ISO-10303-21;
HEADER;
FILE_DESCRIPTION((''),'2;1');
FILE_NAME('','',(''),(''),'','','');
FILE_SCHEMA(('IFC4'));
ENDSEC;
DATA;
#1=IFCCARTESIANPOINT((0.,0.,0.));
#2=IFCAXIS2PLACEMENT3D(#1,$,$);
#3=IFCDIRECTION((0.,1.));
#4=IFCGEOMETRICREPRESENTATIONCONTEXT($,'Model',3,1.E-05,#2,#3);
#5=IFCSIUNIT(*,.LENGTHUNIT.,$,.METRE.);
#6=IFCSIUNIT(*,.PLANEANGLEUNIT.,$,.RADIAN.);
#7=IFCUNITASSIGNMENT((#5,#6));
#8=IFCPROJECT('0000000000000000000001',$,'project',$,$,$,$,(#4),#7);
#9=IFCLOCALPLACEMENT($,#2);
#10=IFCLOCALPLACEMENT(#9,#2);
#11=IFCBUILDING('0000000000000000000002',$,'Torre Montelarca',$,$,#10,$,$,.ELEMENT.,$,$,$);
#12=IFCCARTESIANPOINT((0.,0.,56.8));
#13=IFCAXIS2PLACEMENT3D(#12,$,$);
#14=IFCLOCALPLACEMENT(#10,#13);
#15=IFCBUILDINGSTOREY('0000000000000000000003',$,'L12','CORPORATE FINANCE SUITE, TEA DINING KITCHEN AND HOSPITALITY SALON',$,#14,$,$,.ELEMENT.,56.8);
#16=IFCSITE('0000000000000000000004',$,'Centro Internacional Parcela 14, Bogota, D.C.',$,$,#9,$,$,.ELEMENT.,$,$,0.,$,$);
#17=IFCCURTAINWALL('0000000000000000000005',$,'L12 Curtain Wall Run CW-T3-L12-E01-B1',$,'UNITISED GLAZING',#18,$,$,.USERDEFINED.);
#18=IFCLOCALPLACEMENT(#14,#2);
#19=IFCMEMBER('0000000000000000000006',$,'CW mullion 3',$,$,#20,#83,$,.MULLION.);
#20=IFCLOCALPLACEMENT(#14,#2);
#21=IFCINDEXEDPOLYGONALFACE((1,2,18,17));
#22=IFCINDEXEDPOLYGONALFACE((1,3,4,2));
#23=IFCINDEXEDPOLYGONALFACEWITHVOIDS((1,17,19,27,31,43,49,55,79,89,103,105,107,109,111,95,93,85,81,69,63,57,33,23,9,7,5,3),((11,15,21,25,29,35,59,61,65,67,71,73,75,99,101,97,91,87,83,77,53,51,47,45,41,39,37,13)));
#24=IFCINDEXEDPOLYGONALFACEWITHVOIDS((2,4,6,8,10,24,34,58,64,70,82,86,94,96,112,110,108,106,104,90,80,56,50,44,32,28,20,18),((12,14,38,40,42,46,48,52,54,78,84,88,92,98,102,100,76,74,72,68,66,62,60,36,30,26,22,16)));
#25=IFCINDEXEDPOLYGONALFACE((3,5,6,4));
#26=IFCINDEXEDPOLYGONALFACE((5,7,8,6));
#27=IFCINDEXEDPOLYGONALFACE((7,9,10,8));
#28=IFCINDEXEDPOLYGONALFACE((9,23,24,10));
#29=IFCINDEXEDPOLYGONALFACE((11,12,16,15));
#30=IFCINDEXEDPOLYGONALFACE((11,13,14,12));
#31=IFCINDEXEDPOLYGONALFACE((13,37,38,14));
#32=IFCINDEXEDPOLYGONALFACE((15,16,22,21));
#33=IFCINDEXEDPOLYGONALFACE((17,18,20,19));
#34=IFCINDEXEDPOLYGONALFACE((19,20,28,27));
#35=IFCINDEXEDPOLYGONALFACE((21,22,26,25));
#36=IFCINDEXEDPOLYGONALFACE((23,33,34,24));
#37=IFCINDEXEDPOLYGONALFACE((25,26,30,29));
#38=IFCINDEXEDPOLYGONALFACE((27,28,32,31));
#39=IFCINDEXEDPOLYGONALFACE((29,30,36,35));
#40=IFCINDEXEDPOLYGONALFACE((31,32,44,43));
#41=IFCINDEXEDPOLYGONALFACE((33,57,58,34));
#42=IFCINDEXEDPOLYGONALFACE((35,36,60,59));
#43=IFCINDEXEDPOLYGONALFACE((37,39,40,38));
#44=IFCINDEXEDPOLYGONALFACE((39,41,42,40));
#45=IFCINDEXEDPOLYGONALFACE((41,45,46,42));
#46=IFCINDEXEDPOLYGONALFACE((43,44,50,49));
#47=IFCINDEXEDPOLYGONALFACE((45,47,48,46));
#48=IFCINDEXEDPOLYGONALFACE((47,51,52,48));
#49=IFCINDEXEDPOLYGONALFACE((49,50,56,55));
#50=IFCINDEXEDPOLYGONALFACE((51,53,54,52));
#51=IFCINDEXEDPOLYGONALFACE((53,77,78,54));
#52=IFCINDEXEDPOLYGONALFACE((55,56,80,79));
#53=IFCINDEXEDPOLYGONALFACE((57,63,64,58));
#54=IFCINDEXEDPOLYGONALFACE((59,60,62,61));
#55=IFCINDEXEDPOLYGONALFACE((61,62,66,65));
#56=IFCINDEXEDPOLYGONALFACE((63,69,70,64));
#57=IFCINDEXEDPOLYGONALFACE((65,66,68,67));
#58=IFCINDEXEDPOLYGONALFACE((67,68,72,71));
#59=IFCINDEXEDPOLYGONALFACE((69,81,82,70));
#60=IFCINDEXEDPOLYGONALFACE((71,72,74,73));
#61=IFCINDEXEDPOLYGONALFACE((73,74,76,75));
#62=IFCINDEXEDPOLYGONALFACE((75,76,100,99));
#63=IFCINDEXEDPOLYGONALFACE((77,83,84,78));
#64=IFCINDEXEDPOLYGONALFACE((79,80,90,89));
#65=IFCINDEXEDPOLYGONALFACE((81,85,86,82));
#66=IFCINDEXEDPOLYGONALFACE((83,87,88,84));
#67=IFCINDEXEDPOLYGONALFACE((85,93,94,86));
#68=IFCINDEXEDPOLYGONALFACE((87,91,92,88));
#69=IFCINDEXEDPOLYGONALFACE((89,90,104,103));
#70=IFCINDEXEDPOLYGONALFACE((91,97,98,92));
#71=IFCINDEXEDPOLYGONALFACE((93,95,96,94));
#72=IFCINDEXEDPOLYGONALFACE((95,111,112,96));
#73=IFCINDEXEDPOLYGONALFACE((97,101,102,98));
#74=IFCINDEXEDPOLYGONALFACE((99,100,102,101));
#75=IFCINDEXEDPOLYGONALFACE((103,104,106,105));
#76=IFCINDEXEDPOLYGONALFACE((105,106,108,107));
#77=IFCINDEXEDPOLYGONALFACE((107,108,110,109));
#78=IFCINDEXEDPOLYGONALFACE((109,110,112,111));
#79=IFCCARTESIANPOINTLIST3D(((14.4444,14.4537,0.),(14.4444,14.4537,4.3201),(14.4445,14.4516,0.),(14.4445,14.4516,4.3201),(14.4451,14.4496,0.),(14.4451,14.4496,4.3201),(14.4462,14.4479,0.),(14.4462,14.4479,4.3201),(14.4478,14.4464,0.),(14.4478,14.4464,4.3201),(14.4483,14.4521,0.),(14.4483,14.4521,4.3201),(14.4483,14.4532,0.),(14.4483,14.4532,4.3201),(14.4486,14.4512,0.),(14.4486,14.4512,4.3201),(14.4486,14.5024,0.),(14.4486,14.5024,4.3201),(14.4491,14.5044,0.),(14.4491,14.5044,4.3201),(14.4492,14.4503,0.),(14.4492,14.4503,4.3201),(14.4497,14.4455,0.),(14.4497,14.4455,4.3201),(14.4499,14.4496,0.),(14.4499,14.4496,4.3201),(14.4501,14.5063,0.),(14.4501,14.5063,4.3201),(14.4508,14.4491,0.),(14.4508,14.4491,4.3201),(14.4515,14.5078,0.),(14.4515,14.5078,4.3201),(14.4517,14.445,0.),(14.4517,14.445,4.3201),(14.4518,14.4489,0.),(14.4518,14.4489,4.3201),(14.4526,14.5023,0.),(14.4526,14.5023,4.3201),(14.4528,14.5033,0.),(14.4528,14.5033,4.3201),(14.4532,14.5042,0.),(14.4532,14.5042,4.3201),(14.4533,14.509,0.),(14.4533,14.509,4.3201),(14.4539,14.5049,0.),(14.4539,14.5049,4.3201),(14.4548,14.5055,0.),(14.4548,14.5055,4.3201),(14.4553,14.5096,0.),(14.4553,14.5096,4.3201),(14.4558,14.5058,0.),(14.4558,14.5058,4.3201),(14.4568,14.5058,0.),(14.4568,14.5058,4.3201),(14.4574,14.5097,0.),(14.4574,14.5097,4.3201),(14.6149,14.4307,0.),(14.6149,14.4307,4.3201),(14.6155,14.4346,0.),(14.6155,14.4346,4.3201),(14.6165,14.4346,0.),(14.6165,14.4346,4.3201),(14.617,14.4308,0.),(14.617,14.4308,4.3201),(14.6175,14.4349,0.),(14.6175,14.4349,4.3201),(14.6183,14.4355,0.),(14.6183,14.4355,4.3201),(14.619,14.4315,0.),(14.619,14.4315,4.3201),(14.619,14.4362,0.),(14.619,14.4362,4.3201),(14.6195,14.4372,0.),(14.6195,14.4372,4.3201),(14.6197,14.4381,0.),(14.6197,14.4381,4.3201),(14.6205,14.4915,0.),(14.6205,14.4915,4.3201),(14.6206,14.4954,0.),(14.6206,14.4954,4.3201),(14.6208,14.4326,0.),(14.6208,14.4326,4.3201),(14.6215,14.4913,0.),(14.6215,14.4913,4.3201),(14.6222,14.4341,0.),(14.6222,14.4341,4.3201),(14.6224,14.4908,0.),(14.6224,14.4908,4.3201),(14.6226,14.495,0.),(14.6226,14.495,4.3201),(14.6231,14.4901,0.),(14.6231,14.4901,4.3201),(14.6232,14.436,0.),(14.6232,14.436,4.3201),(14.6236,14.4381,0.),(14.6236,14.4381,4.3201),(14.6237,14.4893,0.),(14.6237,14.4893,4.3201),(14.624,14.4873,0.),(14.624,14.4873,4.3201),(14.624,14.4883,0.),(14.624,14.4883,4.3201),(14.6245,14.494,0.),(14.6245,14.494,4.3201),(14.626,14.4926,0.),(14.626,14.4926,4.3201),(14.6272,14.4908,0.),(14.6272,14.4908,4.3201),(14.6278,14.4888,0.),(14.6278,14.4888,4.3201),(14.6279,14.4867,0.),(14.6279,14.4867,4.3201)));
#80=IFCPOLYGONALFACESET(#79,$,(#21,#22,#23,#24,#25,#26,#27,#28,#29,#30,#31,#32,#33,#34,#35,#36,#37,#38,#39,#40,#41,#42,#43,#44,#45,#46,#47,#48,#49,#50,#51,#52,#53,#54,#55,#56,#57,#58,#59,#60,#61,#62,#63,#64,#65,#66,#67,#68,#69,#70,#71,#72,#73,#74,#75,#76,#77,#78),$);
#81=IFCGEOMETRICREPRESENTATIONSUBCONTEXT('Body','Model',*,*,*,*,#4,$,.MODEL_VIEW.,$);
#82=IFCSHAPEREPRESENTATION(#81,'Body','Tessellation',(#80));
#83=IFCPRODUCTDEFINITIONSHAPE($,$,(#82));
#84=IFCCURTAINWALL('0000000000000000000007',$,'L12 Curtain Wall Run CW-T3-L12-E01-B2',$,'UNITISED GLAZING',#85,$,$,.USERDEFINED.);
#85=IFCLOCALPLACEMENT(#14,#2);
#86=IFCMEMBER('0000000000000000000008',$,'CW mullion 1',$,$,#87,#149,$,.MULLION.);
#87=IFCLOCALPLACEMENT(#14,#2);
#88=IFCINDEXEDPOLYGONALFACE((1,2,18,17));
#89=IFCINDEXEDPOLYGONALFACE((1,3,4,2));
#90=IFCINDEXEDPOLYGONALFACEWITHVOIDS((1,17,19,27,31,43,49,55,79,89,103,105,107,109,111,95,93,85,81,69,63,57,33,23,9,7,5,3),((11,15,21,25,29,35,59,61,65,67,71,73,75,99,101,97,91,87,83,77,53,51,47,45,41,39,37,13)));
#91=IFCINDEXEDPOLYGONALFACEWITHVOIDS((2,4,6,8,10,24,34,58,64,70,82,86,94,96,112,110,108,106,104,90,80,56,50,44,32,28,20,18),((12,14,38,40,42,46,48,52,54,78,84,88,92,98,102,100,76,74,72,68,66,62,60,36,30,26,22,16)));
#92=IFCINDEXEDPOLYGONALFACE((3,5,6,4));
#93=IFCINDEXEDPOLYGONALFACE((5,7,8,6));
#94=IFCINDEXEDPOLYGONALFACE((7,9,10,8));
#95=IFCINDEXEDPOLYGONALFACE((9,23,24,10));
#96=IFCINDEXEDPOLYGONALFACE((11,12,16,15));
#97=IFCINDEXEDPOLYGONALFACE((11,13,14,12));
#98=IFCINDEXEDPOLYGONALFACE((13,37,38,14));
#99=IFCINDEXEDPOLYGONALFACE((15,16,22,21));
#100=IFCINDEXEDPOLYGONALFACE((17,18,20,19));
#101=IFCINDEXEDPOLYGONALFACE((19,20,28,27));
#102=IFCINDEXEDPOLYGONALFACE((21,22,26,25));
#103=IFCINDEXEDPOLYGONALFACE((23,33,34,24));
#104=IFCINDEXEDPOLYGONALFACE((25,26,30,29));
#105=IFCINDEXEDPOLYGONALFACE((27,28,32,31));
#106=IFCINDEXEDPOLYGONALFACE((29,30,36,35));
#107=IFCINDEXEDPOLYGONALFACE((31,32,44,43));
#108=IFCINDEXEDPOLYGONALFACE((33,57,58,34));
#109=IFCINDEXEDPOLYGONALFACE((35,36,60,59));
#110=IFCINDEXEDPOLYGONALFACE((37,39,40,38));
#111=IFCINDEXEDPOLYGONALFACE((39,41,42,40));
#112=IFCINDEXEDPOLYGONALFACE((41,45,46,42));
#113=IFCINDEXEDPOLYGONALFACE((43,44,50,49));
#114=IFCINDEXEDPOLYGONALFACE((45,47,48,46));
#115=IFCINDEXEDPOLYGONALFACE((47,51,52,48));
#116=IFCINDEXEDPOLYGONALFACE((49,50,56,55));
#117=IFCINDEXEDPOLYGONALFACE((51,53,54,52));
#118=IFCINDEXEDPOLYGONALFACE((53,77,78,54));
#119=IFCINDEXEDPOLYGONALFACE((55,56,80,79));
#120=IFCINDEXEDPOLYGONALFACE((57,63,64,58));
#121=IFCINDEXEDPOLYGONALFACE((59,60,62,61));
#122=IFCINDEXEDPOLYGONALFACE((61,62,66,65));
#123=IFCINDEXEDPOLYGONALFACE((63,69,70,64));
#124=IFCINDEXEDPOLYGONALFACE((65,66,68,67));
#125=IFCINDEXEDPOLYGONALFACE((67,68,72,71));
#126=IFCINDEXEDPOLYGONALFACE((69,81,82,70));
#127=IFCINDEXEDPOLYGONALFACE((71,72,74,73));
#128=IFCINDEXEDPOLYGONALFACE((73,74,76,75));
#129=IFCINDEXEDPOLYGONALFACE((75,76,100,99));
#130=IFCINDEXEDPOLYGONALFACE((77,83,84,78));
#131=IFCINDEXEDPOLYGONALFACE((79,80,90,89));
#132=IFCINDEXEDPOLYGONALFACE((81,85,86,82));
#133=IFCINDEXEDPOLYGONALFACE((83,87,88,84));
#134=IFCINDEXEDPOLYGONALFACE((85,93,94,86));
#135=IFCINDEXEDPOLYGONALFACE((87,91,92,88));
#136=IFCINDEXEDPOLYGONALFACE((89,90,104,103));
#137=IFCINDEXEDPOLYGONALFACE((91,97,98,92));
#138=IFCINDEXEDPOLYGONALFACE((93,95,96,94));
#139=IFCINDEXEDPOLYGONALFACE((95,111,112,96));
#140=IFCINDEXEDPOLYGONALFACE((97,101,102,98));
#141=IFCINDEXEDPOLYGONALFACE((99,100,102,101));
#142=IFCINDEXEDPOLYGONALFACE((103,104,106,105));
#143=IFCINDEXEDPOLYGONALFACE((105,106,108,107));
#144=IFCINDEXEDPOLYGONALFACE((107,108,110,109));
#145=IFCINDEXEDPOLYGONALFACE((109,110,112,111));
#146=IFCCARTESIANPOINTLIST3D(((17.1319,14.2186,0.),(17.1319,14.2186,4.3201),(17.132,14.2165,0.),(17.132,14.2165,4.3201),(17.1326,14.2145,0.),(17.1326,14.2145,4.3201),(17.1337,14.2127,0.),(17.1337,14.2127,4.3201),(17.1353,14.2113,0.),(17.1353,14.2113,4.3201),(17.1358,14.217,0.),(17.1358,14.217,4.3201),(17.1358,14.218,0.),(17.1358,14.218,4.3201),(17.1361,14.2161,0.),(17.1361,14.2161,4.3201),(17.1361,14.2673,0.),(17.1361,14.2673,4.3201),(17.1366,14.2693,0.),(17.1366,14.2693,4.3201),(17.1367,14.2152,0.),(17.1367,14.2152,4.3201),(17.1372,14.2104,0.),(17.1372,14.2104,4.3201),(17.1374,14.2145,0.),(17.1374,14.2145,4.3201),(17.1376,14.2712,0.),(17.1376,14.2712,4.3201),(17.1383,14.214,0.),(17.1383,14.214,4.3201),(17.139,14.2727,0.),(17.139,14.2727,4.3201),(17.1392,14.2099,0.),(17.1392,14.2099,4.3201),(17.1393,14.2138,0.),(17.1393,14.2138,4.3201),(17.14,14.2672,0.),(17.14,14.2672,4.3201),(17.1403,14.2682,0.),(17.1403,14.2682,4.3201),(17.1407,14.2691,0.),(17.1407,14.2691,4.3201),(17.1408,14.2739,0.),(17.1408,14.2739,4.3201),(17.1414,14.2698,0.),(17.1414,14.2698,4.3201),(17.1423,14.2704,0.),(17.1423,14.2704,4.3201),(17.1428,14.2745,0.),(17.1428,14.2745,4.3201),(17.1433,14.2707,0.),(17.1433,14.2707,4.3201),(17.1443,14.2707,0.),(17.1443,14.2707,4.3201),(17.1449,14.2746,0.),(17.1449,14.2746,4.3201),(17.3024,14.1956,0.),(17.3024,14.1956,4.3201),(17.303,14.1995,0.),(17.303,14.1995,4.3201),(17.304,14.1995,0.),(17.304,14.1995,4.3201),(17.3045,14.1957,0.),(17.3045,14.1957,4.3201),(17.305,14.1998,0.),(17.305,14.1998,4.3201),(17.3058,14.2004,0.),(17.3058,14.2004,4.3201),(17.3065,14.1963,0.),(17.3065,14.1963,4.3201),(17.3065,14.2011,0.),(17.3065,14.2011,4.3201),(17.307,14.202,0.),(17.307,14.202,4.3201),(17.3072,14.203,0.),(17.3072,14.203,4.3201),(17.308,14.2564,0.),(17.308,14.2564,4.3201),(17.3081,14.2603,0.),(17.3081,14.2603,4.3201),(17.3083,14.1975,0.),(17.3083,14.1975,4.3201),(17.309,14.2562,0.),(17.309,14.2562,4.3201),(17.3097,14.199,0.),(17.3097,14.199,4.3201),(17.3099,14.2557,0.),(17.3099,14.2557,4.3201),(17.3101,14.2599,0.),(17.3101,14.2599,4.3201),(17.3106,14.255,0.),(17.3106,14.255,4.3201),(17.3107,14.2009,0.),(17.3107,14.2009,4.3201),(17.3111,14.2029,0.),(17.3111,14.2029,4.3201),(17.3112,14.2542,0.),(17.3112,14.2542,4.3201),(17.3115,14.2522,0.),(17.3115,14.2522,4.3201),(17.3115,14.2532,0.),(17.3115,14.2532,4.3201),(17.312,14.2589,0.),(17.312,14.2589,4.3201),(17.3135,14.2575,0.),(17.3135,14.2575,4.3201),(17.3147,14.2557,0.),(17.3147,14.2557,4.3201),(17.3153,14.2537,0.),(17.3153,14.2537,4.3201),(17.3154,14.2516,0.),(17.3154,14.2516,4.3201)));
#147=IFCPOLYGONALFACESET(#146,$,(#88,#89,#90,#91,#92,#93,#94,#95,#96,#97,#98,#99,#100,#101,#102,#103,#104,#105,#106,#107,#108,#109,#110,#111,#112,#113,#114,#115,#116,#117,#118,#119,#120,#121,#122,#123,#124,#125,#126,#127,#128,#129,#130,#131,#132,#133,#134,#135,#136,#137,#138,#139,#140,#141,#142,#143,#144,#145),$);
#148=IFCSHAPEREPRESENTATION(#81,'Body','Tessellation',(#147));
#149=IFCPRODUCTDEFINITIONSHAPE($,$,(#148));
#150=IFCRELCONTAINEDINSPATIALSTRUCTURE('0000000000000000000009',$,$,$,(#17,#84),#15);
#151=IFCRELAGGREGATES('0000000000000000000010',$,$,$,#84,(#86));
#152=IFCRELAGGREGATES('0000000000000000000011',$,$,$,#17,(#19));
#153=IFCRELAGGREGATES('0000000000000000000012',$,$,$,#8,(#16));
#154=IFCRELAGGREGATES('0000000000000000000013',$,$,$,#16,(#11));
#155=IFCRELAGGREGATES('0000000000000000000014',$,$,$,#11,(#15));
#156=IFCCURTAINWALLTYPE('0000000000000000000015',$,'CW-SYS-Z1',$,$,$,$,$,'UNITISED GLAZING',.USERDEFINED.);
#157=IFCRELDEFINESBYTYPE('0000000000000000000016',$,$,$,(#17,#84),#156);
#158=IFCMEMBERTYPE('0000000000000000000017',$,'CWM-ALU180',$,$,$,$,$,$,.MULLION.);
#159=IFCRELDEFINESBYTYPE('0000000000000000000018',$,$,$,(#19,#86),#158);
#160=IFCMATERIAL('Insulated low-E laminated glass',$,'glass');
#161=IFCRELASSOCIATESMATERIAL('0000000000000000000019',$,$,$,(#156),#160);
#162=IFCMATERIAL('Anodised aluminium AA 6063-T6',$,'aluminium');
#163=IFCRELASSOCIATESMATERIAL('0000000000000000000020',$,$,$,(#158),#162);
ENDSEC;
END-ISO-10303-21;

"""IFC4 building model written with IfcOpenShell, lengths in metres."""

from ifc_helpers import new_model, si_unit, direction, frame, origin, origin_2d, place, context, subcontext, project, spatial, hollow_rectangle, extrude, source, transform, mapped, material, material_profile, profile_set, type_object, element, aggregate, save


model = new_model("IFC4")

# Units and contexts
model_context = context("Model", 3, precision=1e-05, world=origin(), true_north=direction((0.0, 1.0)))
body_context = subcontext(model_context, "Body", "Model", "MODEL_VIEW")
ifc_project = project(units=[si_unit("LENGTHUNIT", "METRE"), si_unit("PLANEANGLEUNIT", "RADIAN")], contexts=[model_context])

# Site, building, storey
site_placement = place(None, origin())
site = spatial("IfcSite", under=ifc_project, at=site_placement, Name="Centro Internacional Parcela 14, Bogota, D.C.", CompositionType="ELEMENT", RefElevation=0.0)
building_placement = place(site_placement, origin())
building = spatial("IfcBuilding", under=site, at=building_placement, Name="Torre Montelarca", CompositionType="ELEMENT")
storey_placement = place(building_placement, frame((0.0, 0.0, 56.8)))
storey = spatial("IfcBuildingStorey", under=building, at=storey_placement, Name="L12", Description="CORPORATE FINANCE SUITE, TEA DINING KITCHEN AND HOSPITALITY SALON", CompositionType="ELEMENT", Elevation=56.8)

# Curtain walls, members
ifc_material_1 = material(Name="Insulated low-E laminated glass", Category="glass")
curtain_wall_type = type_object("IfcCurtainWallType", Name="CW-SYS-Z1", ElementType="UNITISED GLAZING", PredefinedType="USERDEFINED", material=ifc_material_1)
curtain_wall_1_placement = place(storey_placement, origin())
curtain_wall_1 = element("IfcCurtainWall", 1, at=curtain_wall_1_placement, inside=storey, type_object=curtain_wall_type, Name="L12 Curtain Wall Run CW-T3-L12-E01-B1", ObjectType="UNITISED GLAZING", PredefinedType="USERDEFINED")
ifc_material_2 = material(Name="Anodised aluminium AA 6063-T6", Category="aluminium")
ifc_material_profile_1 = material_profile(ifc_material_2, hollow_rectangle(XDim=0.0649, YDim=0.1799, WallThickness=0.0039, InnerFilletRadius=0.0039, OuterFilletRadius=0.0081, at=origin_2d()), Name="ALU65X180X4", Category="aluminium")
ifc_profile_set_1 = profile_set([ifc_material_profile_1], Name="Anodised aluminium AA 6063-T6")
member_type_1 = type_object("IfcMemberType", Name="CWM-ALU180", PredefinedType="MULLION", material=ifc_profile_set_1)
shared_shape_1 = source(origin(), body_context, "Body", "SweptSolid", [
    extrude(hollow_rectangle(XDim=0.0649, YDim=0.1799, WallThickness=0.0039, InnerFilletRadius=0.0039, OuterFilletRadius=0.0081, at=origin_2d()), origin(), (0.0, 0.0, 1.0), 4.3201),
])
member_1_placement = place(storey_placement, frame((14.5361, 14.4702, 0.0), z_axis=(0.0, 0.0, 1.0), x_axis=(0.087162, 0.996194, 0.0)))
member_1 = element("IfcMember", 2, at=member_1_placement, type_object=member_type_1, Name="CW mullion 3", PredefinedType="MULLION", context=body_context, shape_type="MappedRepresentation", body=[
    mapped(shared_shape_1, transform((0.0, 0.0, 0.0), scale=1.0)),
])
curtain_wall_2_placement = place(storey_placement, origin())
curtain_wall_2 = element("IfcCurtainWall", 3, at=curtain_wall_2_placement, inside=storey, type_object=curtain_wall_type, Name="L12 Curtain Wall Run CW-T3-L12-E01-B2", ObjectType="UNITISED GLAZING", PredefinedType="USERDEFINED")
member_2_placement = place(storey_placement, frame((17.2236, 14.2351, 0.0), z_axis=(0.0, 0.0, 1.0), x_axis=(0.08716, 0.996194, 0.0)))
member_2 = element("IfcMember", 4, at=member_2_placement, type_object=member_type_1, Name="CW mullion 1", PredefinedType="MULLION", context=body_context, shape_type="MappedRepresentation", body=[
    mapped(shared_shape_1, transform((0.0, 0.0, 0.0), scale=1.0)),
])

aggregate(curtain_wall_2, [member_2])
aggregate(curtain_wall_1, [member_1])

save(model, "model.ifc")
